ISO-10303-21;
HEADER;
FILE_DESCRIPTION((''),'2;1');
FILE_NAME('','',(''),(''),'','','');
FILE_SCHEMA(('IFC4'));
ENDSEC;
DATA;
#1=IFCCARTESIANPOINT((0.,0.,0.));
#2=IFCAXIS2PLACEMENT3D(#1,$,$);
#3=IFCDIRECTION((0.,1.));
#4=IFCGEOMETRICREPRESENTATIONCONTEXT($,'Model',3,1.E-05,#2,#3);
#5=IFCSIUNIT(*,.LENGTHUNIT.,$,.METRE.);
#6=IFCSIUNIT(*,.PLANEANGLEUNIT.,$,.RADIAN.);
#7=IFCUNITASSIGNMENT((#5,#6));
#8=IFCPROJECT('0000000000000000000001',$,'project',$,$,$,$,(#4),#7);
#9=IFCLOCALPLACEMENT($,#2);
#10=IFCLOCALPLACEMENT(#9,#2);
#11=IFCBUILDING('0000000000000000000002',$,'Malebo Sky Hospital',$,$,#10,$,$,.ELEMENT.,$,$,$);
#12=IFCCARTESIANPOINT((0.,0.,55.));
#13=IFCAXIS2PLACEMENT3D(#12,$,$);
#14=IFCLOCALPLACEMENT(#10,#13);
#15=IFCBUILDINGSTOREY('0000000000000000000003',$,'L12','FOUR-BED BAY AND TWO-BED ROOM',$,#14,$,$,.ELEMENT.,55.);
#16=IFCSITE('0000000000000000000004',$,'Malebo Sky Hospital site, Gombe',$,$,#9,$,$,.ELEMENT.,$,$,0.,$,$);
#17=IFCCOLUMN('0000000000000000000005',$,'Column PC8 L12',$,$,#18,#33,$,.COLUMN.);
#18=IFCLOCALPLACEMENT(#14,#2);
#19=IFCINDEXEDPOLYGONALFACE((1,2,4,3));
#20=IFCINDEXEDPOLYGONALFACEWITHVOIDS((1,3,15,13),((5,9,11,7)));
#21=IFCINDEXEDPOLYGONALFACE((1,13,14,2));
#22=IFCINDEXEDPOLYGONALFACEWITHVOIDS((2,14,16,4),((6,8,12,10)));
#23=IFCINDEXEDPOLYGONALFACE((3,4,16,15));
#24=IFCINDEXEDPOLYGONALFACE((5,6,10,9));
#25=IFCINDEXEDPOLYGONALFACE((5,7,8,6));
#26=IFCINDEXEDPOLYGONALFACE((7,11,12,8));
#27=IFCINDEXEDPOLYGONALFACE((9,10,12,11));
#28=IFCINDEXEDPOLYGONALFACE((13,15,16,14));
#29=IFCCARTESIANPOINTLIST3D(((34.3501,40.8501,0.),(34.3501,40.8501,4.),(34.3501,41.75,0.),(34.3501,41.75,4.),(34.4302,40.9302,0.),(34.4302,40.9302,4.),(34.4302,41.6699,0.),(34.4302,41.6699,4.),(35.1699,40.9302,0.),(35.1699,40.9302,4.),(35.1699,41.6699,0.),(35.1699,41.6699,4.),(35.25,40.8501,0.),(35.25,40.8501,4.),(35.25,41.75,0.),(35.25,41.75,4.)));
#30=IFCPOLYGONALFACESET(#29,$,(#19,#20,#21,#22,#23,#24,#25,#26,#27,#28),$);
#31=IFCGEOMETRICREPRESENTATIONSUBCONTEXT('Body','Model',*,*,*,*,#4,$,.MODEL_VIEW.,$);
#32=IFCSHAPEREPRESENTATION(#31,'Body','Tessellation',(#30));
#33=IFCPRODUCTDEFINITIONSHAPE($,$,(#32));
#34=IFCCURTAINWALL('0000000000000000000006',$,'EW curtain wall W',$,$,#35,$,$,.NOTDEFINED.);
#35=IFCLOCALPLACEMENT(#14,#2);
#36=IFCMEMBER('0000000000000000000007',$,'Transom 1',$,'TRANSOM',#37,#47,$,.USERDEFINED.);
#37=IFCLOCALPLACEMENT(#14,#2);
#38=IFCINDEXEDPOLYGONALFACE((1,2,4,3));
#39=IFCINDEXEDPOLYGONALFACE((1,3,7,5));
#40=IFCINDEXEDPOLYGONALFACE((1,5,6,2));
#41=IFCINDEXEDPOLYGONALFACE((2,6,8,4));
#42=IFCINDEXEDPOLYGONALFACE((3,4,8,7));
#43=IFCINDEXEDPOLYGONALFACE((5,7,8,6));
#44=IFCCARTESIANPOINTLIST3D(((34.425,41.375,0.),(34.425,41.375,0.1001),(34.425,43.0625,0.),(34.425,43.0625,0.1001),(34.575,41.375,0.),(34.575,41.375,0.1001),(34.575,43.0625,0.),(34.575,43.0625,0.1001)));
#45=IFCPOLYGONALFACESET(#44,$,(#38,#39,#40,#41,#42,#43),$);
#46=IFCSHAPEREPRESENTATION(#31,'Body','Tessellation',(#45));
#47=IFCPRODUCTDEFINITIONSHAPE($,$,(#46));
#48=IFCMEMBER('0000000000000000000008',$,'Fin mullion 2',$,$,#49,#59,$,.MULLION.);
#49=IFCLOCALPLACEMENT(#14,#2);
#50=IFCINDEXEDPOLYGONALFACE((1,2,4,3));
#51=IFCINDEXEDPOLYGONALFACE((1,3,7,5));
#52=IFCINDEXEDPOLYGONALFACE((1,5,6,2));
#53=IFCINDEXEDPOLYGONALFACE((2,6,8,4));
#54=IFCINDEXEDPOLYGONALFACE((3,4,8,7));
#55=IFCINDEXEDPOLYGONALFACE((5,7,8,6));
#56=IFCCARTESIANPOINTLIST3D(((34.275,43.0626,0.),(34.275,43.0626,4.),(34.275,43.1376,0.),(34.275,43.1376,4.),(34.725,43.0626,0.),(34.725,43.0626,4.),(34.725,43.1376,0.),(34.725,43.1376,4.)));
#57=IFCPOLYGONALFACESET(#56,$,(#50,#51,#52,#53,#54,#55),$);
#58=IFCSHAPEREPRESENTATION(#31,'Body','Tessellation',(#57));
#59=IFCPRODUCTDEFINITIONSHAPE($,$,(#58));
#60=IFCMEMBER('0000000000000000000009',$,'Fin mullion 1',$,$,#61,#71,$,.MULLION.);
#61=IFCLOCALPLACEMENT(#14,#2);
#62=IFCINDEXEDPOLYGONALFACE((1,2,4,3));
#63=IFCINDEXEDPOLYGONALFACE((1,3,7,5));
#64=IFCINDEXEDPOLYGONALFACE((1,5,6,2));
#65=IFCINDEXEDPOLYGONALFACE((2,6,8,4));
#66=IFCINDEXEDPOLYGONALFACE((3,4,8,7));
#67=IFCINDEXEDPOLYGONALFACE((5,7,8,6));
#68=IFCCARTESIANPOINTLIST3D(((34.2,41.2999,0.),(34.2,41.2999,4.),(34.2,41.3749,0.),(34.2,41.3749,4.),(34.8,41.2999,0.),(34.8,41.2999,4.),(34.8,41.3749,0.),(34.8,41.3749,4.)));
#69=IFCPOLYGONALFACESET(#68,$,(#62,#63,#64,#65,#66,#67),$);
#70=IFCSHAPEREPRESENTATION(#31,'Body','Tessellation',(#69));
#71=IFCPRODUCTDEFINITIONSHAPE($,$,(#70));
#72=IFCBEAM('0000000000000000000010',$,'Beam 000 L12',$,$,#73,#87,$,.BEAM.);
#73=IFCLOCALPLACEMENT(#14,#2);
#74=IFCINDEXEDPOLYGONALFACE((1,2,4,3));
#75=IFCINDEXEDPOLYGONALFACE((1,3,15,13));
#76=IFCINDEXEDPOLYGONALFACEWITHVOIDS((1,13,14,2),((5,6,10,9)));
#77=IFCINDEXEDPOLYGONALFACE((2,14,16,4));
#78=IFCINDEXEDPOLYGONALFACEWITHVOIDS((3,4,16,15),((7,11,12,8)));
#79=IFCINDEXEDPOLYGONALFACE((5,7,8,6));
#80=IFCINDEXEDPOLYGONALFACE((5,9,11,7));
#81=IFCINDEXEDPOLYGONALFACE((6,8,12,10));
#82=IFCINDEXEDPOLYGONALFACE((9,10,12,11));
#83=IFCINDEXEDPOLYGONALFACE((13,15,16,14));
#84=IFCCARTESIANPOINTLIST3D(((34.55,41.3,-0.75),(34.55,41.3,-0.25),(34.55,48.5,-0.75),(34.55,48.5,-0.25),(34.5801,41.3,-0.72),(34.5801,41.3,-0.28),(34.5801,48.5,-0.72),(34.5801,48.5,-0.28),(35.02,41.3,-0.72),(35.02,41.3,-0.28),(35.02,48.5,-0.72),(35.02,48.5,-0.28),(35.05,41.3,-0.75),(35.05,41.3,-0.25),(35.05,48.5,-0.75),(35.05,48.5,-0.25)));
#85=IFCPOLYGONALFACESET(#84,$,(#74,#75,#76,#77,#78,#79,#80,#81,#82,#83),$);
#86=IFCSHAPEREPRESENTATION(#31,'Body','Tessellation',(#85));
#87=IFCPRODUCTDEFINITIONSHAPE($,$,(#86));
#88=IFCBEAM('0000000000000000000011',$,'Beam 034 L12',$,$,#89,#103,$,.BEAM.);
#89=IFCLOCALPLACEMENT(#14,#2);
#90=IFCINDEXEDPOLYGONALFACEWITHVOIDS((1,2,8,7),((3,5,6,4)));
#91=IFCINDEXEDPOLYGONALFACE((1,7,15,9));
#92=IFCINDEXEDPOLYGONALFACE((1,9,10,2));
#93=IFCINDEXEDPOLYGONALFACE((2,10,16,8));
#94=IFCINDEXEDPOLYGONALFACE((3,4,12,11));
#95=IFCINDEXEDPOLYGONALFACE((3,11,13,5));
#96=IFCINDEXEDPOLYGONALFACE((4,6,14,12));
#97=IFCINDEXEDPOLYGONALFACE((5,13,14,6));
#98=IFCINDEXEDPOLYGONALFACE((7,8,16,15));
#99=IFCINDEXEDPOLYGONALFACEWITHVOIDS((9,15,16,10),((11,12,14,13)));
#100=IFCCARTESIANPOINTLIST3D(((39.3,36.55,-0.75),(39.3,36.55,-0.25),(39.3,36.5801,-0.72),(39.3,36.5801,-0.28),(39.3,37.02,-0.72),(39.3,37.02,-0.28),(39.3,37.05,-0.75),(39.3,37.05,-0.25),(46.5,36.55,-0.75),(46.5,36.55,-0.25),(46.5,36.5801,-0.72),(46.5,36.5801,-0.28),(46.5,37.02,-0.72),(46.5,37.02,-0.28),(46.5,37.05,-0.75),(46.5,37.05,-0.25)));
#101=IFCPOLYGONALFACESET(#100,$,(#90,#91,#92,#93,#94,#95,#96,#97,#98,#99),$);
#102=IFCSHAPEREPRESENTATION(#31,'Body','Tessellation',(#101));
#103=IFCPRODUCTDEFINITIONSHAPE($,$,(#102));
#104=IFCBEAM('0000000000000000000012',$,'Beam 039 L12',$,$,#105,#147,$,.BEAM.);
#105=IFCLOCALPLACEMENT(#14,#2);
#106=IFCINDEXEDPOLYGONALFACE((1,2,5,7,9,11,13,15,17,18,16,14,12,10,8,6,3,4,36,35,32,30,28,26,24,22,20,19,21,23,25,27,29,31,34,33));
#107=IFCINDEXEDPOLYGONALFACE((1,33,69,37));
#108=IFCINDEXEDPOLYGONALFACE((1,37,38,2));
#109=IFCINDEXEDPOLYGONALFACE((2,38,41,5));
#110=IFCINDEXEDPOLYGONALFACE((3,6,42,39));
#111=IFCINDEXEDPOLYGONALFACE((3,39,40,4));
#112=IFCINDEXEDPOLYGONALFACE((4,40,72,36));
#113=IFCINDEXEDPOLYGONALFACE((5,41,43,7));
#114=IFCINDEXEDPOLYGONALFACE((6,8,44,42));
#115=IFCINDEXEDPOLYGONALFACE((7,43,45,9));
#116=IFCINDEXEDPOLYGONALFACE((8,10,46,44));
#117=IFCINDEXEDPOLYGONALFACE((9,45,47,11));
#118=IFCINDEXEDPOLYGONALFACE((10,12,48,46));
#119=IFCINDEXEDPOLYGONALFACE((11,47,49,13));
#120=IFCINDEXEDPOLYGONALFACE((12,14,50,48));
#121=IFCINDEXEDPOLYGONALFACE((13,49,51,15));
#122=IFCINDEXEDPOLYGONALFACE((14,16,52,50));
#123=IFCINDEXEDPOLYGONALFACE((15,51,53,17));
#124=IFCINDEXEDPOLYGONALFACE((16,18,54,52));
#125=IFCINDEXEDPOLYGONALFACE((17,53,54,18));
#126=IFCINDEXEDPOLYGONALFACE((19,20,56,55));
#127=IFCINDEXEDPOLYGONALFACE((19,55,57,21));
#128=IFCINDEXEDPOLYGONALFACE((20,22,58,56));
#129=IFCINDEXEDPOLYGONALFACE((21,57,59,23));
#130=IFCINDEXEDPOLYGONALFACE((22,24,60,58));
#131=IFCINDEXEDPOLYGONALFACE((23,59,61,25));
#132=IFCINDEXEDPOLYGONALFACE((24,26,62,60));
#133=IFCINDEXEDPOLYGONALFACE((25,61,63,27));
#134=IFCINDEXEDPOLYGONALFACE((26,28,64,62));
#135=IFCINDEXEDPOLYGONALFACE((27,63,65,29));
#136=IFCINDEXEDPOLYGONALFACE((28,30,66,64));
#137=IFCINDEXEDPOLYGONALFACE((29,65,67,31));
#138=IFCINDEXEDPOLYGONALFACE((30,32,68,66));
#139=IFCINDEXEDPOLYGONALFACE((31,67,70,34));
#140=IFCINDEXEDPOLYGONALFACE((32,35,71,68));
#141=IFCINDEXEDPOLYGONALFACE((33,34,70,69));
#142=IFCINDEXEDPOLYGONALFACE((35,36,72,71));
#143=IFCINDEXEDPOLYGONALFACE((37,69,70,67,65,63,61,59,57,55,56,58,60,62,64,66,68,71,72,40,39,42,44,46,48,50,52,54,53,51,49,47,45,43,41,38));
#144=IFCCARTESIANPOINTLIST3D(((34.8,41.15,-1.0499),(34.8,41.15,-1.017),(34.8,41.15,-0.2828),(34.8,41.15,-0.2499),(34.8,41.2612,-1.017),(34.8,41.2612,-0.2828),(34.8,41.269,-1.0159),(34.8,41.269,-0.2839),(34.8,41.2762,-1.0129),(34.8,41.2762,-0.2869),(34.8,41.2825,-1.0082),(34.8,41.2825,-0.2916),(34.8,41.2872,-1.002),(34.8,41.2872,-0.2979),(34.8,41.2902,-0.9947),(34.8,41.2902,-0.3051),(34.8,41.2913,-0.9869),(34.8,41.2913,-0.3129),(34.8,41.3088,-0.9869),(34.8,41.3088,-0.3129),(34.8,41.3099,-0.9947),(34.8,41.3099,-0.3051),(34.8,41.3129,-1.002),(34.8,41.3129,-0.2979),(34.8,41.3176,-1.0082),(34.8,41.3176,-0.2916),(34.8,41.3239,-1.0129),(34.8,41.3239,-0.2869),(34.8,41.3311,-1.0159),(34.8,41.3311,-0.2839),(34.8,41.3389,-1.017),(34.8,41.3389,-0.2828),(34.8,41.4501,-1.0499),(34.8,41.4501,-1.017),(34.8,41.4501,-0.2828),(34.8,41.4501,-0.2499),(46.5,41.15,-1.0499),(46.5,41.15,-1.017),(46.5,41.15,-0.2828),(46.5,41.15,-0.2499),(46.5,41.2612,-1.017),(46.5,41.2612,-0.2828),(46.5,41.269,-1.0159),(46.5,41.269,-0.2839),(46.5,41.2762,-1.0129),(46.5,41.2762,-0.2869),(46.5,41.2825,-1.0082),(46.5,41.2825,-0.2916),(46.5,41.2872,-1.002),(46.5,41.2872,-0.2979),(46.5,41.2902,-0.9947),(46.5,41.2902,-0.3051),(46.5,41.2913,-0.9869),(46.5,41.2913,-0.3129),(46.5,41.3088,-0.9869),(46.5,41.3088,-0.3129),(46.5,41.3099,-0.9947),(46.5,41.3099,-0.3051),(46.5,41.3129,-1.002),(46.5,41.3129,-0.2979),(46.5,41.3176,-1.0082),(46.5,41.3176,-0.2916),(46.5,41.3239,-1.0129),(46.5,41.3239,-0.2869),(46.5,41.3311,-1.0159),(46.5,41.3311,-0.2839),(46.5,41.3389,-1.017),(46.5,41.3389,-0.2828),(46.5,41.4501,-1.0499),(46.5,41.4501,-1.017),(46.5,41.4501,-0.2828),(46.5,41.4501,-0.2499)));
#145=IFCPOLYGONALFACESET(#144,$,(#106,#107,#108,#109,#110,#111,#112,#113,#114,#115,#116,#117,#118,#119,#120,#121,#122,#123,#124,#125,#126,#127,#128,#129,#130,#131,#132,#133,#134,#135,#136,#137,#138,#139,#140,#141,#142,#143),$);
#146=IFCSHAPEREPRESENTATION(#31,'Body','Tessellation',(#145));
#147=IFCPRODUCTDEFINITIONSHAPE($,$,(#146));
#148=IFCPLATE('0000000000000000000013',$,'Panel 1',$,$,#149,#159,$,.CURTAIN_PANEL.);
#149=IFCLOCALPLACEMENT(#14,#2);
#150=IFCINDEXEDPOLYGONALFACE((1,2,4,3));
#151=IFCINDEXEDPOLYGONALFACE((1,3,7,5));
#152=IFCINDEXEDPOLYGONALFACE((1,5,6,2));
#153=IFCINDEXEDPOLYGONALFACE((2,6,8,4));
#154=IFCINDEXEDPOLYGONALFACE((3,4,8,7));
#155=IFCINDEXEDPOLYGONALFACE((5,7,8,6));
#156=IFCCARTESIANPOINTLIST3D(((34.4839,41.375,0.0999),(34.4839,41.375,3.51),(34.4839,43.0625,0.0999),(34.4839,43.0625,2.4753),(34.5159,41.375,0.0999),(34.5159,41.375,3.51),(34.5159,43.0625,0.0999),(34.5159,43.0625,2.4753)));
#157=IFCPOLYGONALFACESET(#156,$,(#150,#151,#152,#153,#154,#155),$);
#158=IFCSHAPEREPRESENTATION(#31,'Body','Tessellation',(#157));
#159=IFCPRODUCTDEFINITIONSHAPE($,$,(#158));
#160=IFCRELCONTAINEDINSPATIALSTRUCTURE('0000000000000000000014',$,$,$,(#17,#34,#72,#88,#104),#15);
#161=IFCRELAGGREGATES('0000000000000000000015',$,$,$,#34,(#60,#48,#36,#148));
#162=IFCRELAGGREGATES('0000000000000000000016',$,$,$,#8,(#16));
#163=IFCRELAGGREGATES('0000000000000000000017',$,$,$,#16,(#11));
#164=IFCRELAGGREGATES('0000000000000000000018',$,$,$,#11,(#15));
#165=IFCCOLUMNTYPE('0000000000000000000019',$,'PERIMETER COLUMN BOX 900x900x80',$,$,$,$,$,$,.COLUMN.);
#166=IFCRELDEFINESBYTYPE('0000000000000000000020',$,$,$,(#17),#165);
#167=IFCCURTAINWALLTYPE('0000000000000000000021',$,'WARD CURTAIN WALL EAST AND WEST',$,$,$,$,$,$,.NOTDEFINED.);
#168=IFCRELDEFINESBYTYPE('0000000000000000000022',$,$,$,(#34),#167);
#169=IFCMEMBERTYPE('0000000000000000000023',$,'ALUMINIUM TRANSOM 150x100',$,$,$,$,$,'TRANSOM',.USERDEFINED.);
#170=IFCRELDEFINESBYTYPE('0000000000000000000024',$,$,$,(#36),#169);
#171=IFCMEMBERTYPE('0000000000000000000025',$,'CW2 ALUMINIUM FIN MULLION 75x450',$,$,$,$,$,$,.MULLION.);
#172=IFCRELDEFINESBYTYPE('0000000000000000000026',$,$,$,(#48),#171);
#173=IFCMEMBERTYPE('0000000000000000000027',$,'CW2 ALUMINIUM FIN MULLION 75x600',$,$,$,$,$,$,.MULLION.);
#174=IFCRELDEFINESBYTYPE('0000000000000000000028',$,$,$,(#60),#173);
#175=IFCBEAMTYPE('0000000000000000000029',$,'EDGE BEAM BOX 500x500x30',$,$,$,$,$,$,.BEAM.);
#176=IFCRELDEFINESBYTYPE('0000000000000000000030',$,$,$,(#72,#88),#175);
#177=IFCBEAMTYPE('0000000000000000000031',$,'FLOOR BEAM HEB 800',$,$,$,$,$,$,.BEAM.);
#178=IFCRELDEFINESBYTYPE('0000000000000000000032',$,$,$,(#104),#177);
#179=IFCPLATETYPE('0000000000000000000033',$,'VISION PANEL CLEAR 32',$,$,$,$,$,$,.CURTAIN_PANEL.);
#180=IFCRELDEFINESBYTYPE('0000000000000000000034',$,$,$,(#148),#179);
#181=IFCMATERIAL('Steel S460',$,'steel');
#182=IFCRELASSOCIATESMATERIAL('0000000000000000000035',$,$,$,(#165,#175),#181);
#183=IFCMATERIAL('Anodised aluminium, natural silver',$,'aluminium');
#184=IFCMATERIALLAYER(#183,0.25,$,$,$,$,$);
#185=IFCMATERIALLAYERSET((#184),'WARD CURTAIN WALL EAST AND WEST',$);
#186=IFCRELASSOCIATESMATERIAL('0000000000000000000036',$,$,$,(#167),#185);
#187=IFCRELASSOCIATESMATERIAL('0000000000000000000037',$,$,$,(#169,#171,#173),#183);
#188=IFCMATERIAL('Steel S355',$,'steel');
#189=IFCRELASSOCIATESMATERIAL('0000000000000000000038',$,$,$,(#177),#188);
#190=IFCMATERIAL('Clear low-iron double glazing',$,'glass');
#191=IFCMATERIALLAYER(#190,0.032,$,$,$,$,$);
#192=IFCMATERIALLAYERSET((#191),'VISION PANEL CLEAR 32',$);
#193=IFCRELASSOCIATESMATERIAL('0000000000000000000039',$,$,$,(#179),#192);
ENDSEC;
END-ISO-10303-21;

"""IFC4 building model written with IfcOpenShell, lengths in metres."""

from ifc_helpers import new_model, si_unit, direction, frame, origin, origin_2d, place, context, subcontext, project, spatial, polyline, rectangle, hollow_rectangle, i_section, outline, extrude, material, layer, layer_set, material_profile, profile_set, type_object, element, aggregate, save


model = new_model("IFC4")

# Units and contexts
model_context = context("Model", 3, precision=1e-05, world=origin(), true_north=direction((0.0, 1.0)))
body_context = subcontext(model_context, "Body", "Model", "MODEL_VIEW")
ifc_project = project(units=[si_unit("LENGTHUNIT", "METRE"), si_unit("PLANEANGLEUNIT", "RADIAN")], contexts=[model_context])

# Site, building, storey
site_placement = place(None, origin())
site = spatial("IfcSite", under=ifc_project, at=site_placement, Name="Malebo Sky Hospital site, Gombe", CompositionType="ELEMENT", RefElevation=0.0)
building_placement = place(site_placement, origin())
building = spatial("IfcBuilding", under=site, at=building_placement, Name="Malebo Sky Hospital", CompositionType="ELEMENT")
storey_placement = place(building_placement, frame((0.0, 0.0, 55.0)))
storey = spatial("IfcBuildingStorey", under=building, at=storey_placement, Name="L12", Description="FOUR-BED BAY AND TWO-BED ROOM", CompositionType="ELEMENT", Elevation=55.0)

# Column
ifc_material_1 = material(Name="Steel S460", Category="steel")
ifc_material_profile_1 = material_profile(ifc_material_1, hollow_rectangle(XDim=0.8999, YDim=0.8999, WallThickness=0.0801, at=origin_2d()), Name="BOX 900x900x80")
ifc_profile_set_1 = profile_set([ifc_material_profile_1], Name="Steel S460")
column_type = type_object("IfcColumnType", Name="PERIMETER COLUMN BOX 900x900x80", PredefinedType="COLUMN", material=ifc_profile_set_1)
column_placement = place(storey_placement, frame((34.8, 41.3, 0.0), z_axis=(0.0, 0.0, 1.0), x_axis=(1.0, 0.0, 0.0)))
element("IfcColumn", 1, at=column_placement, inside=storey, type_object=column_type, Name="Column PC8 L12", PredefinedType="COLUMN", context=body_context, shape_type="SweptSolid", body=[
    extrude(hollow_rectangle(XDim=0.8999, YDim=0.8999, WallThickness=0.0801, at=origin_2d()), origin(), (0.0, 0.0, 1.0), 4.0),
])

# Curtain wall, members
ifc_material_2 = material(Name="Anodised aluminium, natural silver", Category="aluminium")
ifc_layer_1 = layer(ifc_material_2, 0.25)
ifc_layer_set_1 = layer_set([ifc_layer_1], Name="WARD CURTAIN WALL EAST AND WEST")
curtain_wall_type = type_object("IfcCurtainWallType", Name="WARD CURTAIN WALL EAST AND WEST", PredefinedType="NOTDEFINED", material=ifc_layer_set_1)
curtain_wall_placement = place(storey_placement, origin())
curtain_wall = element("IfcCurtainWall", 2, at=curtain_wall_placement, inside=storey, type_object=curtain_wall_type, Name="EW curtain wall W", PredefinedType="NOTDEFINED")
ifc_material_profile_2 = material_profile(ifc_material_2, rectangle(XDim=0.1499, YDim=0.1001, at=origin_2d()), Name="ALUMINIUM TRANSOM 150x100")
ifc_profile_set_2 = profile_set([ifc_material_profile_2], Name="Anodised aluminium, natural silver")
member_type_1 = type_object("IfcMemberType", Name="ALUMINIUM TRANSOM 150x100", ElementType="TRANSOM", PredefinedType="USERDEFINED", material=ifc_profile_set_2)
member_1_placement = place(storey_placement, frame((34.5, 41.375, 0.05), z_axis=(0.0, 1.0, 0.0), x_axis=(-1.0, 0.0, 0.0)))
member_1 = element("IfcMember", 3, at=member_1_placement, type_object=member_type_1, Name="Transom 1", ObjectType="TRANSOM", PredefinedType="USERDEFINED", context=body_context, shape_type="SweptSolid", body=[
    extrude(rectangle(XDim=0.1499, YDim=0.1001, at=origin_2d()), origin(), (0.0, 0.0, 1.0), 1.6875),
])
ifc_material_profile_3 = material_profile(ifc_material_2, rectangle(XDim=0.075, YDim=0.45, at=origin_2d()), Name="CW2 ALUMINIUM FIN MULLION 75x450")
ifc_profile_set_3 = profile_set([ifc_material_profile_3], Name="Anodised aluminium, natural silver")
member_type_2 = type_object("IfcMemberType", Name="CW2 ALUMINIUM FIN MULLION 75x450", PredefinedType="MULLION", material=ifc_profile_set_3)
member_2_placement = place(storey_placement, frame((34.5, 43.1001, 0.0), z_axis=(0.0, 0.0, 1.0), x_axis=(0.0, 1.0, 0.0)))
member_2 = element("IfcMember", 4, at=member_2_placement, type_object=member_type_2, Name="Fin mullion 2", PredefinedType="MULLION", context=body_context, shape_type="SweptSolid", body=[
    extrude(rectangle(XDim=0.075, YDim=0.45, at=origin_2d()), origin(), (0.0, 0.0, 1.0), 4.0),
])
ifc_material_profile_4 = material_profile(ifc_material_2, rectangle(XDim=0.075, YDim=0.6001, at=origin_2d()), Name="CW2 ALUMINIUM FIN MULLION 75x600")
ifc_profile_set_4 = profile_set([ifc_material_profile_4], Name="Anodised aluminium, natural silver")
member_type_3 = type_object("IfcMemberType", Name="CW2 ALUMINIUM FIN MULLION 75x600", PredefinedType="MULLION", material=ifc_profile_set_4)
member_3_placement = place(storey_placement, frame((34.5, 41.3374, 0.0), z_axis=(0.0, 0.0, 1.0), x_axis=(0.0, 1.0, 0.0)))
member_3 = element("IfcMember", 5, at=member_3_placement, type_object=member_type_3, Name="Fin mullion 1", PredefinedType="MULLION", context=body_context, shape_type="SweptSolid", body=[
    extrude(rectangle(XDim=0.075, YDim=0.6001, at=origin_2d()), origin(), (0.0, 0.0, 1.0), 4.0),
])

# Beams
ifc_material_profile_5 = material_profile(ifc_material_1, hollow_rectangle(XDim=0.5, YDim=0.5, WallThickness=0.03, at=origin_2d()), Name="BOX 500x500x30")
ifc_profile_set_5 = profile_set([ifc_material_profile_5], Name="Steel S460")
beam_type_1 = type_object("IfcBeamType", Name="EDGE BEAM BOX 500x500x30", PredefinedType="BEAM", material=ifc_profile_set_5)
for number, where, z_axis, x_axis, name in (
    (6, (34.8, 41.3, -0.5), (0.0, 1.0, 0.0), (-1.0, 0.0, 0.0), "Beam 000 L12"),
    (7, (39.3, 36.8, -0.5), (1.0, 0.0, 0.0), (0.0, 1.0, 0.0), "Beam 034 L12"),
):
    element("IfcBeam", number, at=place(storey_placement, frame(where, z_axis=z_axis, x_axis=x_axis)), inside=storey, type_object=beam_type_1, Name=name, PredefinedType="BEAM", context=body_context, shape_type="SweptSolid", body=[
        extrude(hollow_rectangle(XDim=0.5, YDim=0.5, WallThickness=0.03, at=origin_2d()), origin(), (0.0, 0.0, 1.0), 7.2),
    ])
ifc_material_3 = material(Name="Steel S355", Category="steel")
ifc_material_profile_6 = material_profile(ifc_material_3, i_section(OverallWidth=0.3, OverallDepth=0.8, WebThickness=0.0176, FlangeThickness=0.033, FilletRadius=0.03, at=origin_2d()), Name="HEB 800")
ifc_profile_set_6 = profile_set([ifc_material_profile_6], Name="Steel S355")
beam_type_2 = type_object("IfcBeamType", Name="FLOOR BEAM HEB 800", PredefinedType="BEAM", material=ifc_profile_set_6)
beam_placement = place(storey_placement, frame((34.8, 41.3, -0.6499), z_axis=(1.0, 0.0, 0.0), x_axis=(0.0, 1.0, 0.0)))
element("IfcBeam", 8, at=beam_placement, inside=storey, type_object=beam_type_2, Name="Beam 039 L12", PredefinedType="BEAM", context=body_context, shape_type="SweptSolid", body=[
    extrude(i_section(OverallWidth=0.3, OverallDepth=0.8, WebThickness=0.0176, FlangeThickness=0.033, FilletRadius=0.03, at=origin_2d()), origin(), (0.0, 0.0, 1.0), 11.7),
])

# Plate
ifc_material_4 = material(Name="Clear low-iron double glazing", Category="glass")
ifc_layer_2 = layer(ifc_material_4, 0.032)
ifc_layer_set_2 = layer_set([ifc_layer_2], Name="VISION PANEL CLEAR 32")
plate_type = type_object("IfcPlateType", Name="VISION PANEL CLEAR 32", PredefinedType="CURTAIN_PANEL", material=ifc_layer_set_2)
plate_placement = place(storey_placement, frame((34.5, 42.2188, 0.0999), z_axis=(0.0, 0.0, 1.0), x_axis=(0.0, 1.0, 0.0)))
plate = element("IfcPlate", 9, at=plate_placement, type_object=plate_type, Name="Panel 1", PredefinedType="CURTAIN_PANEL", context=body_context, shape_type="SweptSolid", body=[
    extrude(outline(polyline([(-0.8438, 0.0), (0.8438, 0.0), (0.8438, 2.3755), (-0.8438, 3.4102), (-0.8438, 0.0)])), frame((0.0, 0.0161, 0.0), z_axis=(0.0, -1.0, 0.0), x_axis=(1.0, 0.0, 0.0)), (0.0, 0.0, 1.0), 0.032),
])
aggregate(curtain_wall, [member_3, member_2, member_1, plate])

save(model, "model.ifc")
